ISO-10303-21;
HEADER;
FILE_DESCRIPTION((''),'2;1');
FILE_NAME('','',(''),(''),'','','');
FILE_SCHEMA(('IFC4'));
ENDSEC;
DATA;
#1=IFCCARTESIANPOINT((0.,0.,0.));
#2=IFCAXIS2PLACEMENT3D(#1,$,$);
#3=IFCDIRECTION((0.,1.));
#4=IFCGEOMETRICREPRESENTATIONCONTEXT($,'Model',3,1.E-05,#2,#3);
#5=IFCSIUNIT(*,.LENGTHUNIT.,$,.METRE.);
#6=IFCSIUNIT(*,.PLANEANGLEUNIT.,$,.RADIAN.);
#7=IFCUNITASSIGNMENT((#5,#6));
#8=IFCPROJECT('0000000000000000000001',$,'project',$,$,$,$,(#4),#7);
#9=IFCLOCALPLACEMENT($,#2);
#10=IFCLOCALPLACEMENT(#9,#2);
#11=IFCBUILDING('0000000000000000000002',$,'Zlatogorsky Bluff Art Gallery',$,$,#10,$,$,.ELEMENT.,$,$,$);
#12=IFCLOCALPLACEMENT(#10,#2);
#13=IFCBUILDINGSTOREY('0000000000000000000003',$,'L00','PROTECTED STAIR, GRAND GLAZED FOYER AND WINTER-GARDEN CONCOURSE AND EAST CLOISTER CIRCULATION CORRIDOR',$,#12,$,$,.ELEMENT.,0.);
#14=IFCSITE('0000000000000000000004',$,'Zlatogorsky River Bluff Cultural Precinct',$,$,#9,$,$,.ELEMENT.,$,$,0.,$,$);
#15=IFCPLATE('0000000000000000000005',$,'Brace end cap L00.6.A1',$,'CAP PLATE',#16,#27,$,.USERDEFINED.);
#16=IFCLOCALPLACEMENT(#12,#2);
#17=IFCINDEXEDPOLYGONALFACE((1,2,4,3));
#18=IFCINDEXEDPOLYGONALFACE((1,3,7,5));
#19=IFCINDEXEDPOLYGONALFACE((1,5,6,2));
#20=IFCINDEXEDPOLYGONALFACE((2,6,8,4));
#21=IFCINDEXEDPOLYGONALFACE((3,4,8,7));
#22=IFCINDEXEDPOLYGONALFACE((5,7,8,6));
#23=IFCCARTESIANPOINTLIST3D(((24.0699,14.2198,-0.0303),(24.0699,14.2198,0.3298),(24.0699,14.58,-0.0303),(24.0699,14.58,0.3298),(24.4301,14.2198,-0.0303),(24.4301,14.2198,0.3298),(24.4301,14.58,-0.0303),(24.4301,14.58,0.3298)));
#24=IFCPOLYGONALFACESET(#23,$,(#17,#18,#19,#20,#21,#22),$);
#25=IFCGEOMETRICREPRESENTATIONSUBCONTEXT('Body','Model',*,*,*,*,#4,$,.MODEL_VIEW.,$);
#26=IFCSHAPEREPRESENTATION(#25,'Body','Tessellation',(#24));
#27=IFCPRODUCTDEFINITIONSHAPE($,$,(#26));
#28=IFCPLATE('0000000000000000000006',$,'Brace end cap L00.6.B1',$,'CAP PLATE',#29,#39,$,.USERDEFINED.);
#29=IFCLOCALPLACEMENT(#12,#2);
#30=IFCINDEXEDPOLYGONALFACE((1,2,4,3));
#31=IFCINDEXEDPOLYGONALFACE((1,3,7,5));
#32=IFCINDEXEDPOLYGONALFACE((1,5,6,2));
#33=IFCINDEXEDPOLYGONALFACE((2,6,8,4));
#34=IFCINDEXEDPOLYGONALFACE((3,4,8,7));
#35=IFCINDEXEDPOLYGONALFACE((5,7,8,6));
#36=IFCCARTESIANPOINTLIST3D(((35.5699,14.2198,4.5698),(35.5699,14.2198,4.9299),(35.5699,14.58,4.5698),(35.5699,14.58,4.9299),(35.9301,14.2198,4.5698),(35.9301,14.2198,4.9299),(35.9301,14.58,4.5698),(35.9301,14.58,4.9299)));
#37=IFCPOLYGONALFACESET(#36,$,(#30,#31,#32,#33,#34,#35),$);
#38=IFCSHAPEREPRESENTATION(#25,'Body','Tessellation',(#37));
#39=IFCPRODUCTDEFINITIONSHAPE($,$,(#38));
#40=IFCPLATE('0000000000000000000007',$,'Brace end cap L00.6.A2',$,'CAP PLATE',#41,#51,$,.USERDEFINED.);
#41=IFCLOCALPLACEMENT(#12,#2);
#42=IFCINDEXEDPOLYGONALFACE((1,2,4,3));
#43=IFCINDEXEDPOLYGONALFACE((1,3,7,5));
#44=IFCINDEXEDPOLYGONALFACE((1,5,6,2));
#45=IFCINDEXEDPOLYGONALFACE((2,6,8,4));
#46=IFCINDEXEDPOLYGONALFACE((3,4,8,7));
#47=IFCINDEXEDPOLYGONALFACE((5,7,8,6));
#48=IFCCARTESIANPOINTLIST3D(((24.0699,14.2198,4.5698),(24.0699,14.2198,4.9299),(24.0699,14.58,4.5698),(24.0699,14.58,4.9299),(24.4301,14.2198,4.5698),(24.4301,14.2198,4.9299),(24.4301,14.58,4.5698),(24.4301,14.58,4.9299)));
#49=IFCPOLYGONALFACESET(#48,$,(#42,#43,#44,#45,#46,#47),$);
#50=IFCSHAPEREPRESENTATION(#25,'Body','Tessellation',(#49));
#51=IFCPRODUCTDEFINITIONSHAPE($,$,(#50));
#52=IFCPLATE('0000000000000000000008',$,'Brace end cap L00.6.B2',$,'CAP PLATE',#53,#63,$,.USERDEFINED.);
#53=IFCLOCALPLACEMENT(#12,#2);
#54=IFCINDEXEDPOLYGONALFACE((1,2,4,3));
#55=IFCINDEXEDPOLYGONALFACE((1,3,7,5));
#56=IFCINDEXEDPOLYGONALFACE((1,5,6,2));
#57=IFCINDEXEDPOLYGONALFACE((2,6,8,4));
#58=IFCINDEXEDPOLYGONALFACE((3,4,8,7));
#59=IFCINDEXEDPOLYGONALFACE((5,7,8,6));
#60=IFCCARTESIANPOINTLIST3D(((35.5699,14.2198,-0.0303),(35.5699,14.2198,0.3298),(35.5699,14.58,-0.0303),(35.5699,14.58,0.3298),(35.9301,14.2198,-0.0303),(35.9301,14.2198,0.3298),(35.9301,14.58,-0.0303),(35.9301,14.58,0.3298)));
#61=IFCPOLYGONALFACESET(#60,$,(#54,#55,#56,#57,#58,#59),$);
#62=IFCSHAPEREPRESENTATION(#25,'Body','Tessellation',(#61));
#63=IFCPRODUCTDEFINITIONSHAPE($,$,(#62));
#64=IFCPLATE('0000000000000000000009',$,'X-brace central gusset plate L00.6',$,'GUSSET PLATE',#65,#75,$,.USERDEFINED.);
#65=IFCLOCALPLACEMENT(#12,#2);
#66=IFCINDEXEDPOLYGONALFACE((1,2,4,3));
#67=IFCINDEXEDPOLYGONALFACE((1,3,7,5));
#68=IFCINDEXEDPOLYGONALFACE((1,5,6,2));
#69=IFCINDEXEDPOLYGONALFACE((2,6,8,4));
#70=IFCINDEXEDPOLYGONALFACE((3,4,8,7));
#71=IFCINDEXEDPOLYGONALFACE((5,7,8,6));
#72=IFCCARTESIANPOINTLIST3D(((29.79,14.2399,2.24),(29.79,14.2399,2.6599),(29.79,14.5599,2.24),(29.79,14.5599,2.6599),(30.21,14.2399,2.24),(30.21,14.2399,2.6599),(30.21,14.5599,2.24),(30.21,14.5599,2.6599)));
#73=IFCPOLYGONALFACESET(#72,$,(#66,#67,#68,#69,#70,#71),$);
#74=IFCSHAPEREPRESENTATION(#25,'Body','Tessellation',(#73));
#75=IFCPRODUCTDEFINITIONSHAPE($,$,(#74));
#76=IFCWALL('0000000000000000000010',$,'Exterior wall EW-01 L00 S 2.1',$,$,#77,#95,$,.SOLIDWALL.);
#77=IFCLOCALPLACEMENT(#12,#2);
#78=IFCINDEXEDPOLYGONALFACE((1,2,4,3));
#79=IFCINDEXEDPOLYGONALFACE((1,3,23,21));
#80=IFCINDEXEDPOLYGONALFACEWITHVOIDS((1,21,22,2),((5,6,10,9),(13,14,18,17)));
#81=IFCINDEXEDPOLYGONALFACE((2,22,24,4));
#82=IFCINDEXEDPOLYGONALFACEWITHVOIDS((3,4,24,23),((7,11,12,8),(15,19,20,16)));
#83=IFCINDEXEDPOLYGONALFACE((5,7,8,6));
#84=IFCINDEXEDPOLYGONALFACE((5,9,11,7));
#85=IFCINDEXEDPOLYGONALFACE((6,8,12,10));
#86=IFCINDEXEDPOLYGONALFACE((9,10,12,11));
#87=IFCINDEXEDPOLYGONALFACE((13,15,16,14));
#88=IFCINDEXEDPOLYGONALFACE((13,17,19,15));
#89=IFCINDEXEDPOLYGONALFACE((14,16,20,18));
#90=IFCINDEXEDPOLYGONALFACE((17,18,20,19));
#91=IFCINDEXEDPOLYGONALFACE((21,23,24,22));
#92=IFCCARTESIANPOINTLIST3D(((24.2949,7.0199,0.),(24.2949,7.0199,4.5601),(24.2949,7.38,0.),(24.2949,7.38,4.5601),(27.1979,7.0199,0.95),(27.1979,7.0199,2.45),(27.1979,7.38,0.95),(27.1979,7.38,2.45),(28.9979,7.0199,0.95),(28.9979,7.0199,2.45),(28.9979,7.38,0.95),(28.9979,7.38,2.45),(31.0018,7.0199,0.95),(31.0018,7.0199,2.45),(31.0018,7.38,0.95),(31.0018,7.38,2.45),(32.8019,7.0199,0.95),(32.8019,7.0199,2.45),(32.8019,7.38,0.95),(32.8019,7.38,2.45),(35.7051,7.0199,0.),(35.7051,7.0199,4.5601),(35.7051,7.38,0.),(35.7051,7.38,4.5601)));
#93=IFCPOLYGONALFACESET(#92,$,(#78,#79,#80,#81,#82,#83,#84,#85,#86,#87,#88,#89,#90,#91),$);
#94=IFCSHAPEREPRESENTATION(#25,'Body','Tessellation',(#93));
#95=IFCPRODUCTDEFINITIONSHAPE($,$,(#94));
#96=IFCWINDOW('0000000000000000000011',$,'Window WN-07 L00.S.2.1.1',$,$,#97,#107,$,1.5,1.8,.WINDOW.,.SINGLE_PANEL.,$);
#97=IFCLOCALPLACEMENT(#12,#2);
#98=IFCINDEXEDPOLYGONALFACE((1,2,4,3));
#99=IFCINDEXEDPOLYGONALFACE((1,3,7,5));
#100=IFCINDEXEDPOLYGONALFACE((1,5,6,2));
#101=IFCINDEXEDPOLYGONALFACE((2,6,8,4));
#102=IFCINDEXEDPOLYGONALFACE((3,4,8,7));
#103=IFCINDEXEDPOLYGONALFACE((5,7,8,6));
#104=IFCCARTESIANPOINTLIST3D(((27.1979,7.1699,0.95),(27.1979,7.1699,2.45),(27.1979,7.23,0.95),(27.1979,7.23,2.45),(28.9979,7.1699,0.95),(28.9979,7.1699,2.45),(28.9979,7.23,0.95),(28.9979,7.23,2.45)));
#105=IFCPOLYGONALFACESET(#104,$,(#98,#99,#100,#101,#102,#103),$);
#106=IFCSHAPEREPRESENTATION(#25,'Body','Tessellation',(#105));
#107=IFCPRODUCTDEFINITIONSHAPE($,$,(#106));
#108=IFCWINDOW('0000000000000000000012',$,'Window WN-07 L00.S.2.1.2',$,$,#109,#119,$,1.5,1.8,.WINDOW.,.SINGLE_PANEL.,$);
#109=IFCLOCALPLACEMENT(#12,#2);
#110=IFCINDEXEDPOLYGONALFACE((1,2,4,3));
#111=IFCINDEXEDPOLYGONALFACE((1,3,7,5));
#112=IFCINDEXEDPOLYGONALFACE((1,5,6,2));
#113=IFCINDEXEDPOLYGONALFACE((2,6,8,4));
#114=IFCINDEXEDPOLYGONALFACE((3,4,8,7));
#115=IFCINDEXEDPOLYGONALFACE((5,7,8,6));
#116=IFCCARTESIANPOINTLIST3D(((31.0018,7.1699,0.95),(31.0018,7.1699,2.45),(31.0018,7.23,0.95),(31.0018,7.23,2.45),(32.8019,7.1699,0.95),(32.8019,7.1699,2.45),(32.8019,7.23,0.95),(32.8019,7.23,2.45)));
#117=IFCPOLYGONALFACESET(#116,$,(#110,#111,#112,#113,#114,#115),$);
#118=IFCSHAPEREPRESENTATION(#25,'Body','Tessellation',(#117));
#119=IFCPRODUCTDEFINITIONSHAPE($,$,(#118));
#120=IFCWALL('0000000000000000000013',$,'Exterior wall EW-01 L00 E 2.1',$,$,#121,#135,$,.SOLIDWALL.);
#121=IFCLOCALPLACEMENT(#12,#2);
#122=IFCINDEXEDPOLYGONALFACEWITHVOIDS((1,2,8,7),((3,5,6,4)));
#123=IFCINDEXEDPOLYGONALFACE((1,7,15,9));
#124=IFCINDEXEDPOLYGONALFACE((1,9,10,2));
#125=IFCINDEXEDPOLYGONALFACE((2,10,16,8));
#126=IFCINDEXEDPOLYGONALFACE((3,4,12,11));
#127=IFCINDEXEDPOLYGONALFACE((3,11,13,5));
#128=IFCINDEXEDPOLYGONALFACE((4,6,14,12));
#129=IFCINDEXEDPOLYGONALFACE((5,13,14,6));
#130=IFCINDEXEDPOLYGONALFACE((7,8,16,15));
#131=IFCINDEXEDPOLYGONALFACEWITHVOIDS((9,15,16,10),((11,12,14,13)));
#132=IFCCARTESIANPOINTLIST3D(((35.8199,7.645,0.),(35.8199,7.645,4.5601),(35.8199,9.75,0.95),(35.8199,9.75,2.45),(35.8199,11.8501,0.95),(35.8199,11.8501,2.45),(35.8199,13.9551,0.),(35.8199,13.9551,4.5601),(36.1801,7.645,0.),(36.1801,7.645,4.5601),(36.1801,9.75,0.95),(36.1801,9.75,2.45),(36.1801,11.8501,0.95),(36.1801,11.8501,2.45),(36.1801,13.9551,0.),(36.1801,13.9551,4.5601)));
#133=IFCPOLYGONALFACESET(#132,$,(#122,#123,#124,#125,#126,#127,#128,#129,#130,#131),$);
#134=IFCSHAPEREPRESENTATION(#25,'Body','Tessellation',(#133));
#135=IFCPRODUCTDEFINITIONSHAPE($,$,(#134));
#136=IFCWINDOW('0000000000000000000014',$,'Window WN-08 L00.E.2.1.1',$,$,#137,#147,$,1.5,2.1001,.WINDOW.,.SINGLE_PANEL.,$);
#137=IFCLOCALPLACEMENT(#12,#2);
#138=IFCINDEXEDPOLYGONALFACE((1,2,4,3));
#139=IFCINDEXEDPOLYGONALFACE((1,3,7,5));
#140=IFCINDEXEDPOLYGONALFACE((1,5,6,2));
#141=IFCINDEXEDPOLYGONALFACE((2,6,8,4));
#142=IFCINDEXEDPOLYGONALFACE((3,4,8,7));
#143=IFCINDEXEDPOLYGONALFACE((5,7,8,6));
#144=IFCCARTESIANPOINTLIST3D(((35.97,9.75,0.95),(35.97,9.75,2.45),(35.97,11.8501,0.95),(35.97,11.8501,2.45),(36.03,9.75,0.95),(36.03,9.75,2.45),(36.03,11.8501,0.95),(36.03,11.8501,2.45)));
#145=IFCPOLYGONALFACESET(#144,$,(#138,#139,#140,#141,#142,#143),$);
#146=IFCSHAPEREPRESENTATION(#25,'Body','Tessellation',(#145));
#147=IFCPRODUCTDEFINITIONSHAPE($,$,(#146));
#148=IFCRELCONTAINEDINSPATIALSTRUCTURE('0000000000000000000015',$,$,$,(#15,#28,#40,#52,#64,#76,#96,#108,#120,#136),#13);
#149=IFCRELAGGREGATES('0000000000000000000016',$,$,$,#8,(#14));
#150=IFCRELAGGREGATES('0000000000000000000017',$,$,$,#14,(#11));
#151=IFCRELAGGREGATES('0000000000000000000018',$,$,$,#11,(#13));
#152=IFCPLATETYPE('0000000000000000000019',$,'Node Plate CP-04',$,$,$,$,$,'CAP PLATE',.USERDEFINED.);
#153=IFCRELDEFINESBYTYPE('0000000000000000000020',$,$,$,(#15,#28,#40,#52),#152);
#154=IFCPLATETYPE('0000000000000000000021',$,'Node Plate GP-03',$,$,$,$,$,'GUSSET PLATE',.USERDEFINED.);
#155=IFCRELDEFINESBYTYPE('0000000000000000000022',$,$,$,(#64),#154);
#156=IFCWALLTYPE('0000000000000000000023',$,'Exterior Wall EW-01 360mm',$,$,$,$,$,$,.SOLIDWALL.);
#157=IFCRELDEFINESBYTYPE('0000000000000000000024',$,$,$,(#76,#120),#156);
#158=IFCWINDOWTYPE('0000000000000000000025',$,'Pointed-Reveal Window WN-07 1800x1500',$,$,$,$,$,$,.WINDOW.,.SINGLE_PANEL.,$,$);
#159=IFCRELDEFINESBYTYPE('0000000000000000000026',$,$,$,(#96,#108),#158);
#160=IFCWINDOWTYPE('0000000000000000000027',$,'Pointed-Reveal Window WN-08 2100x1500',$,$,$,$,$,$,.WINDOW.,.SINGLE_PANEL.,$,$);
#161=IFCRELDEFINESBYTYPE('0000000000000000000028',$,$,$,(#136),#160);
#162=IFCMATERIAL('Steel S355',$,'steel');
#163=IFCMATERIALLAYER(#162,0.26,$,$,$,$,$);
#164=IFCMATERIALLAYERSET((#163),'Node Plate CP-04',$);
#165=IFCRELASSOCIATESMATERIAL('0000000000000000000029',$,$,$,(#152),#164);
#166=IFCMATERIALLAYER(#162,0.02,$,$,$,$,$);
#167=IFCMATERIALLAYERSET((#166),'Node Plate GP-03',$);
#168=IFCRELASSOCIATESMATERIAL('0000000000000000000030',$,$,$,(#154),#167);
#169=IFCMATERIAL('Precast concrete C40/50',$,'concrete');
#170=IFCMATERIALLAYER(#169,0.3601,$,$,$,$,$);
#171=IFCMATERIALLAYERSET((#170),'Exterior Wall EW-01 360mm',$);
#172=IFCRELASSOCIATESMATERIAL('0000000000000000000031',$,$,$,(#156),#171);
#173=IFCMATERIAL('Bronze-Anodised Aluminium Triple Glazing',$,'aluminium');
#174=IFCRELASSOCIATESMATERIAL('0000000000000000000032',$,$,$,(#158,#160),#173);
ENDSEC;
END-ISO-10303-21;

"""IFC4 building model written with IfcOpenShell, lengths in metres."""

from ifc_helpers import new_model, si_unit, direction, frame, frame_2d, origin, origin_2d, place, context, subcontext, project, spatial, rectangle, extrude, material, layer, layer_set, type_object, element, fill, save


model = new_model("IFC4")

# Units and contexts
model_context = context("Model", 3, precision=1e-05, world=origin(), true_north=direction((0.0, 1.0)))
body_context = subcontext(model_context, "Body", "Model", "MODEL_VIEW")
ifc_project = project(units=[si_unit("LENGTHUNIT", "METRE"), si_unit("PLANEANGLEUNIT", "RADIAN")], contexts=[model_context])

# Site, building, storey
site_placement = place(None, origin())
site = spatial("IfcSite", under=ifc_project, at=site_placement, Name="Zlatogorsky River Bluff Cultural Precinct", CompositionType="ELEMENT", RefElevation=0.0)
building_placement = place(site_placement, origin())
building = spatial("IfcBuilding", under=site, at=building_placement, Name="Zlatogorsky Bluff Art Gallery", CompositionType="ELEMENT")
storey_placement = place(building_placement, origin())
storey = spatial("IfcBuildingStorey", under=building, at=storey_placement, Name="L00", Description="PROTECTED STAIR, GRAND GLAZED FOYER AND WINTER-GARDEN CONCOURSE AND EAST CLOISTER CIRCULATION CORRIDOR", CompositionType="ELEMENT", Elevation=0.0)

# Shared definitions
ifc_material_1 = material(Name="Steel S355", Category="steel")

# Plates
ifc_layer_1 = layer(ifc_material_1, 0.26)
ifc_layer_set_1 = layer_set([ifc_layer_1], Name="Node Plate CP-04")
plate_type_1 = type_object("IfcPlateType", Name="Node Plate CP-04", ElementType="CAP PLATE", PredefinedType="USERDEFINED", material=ifc_layer_set_1)
for number, where, z_axis, x_axis, name in (
    (1, (24.25, 14.3999, -0.0303), (0.0, 0.0, 1.0), (1.0, 0.0, 0.0), "Brace end cap L00.6.A1"),
    (2, (35.75, 14.3999, 4.5698), (0.0, 0.0, 1.0), (1.0, 0.0, 0.0), "Brace end cap L00.6.B1"),
    (3, (24.25, 14.3999, 4.5698), (0.0, 0.0, 1.0), (1.0, 0.0, 0.0), "Brace end cap L00.6.A2"),
    (4, (35.75, 14.3999, -0.0303), (0.0, 0.0, 1.0), (1.0, 0.0, 0.0), "Brace end cap L00.6.B2"),
):
    element("IfcPlate", number, at=place(storey_placement, frame(where, z_axis=z_axis, x_axis=x_axis)), inside=storey, type_object=plate_type_1, Name=name, ObjectType="CAP PLATE", PredefinedType="USERDEFINED", context=body_context, shape_type="SweptSolid", body=[
        extrude(rectangle(XDim=0.3601, YDim=0.3601, at=origin_2d()), origin(), (0.0, 0.0, 1.0), 0.3601),
    ])
ifc_layer_2 = layer(ifc_material_1, 0.02)
ifc_layer_set_2 = layer_set([ifc_layer_2], Name="Node Plate GP-03")
plate_type_2 = type_object("IfcPlateType", Name="Node Plate GP-03", ElementType="GUSSET PLATE", PredefinedType="USERDEFINED", material=ifc_layer_set_2)
plate_placement = place(storey_placement, frame((30.0, 14.3999, 2.24), z_axis=(0.0, 0.0, 1.0), x_axis=(1.0, 0.0, 0.0)))
element("IfcPlate", 5, at=plate_placement, inside=storey, type_object=plate_type_2, Name="X-brace central gusset plate L00.6", ObjectType="GUSSET PLATE", PredefinedType="USERDEFINED", context=body_context, shape_type="SweptSolid", body=[
    extrude(rectangle(XDim=0.4199, YDim=0.3201, at=origin_2d()), origin(), (0.0, 0.0, 1.0), 0.4199),
])

# Wall, openings, windows
ifc_material_2 = material(Name="Precast concrete C40/50", Category="concrete")
ifc_layer_3 = layer(ifc_material_2, 0.3601)
ifc_layer_set_3 = layer_set([ifc_layer_3], Name="Exterior Wall EW-01 360mm")
wall_type = type_object("IfcWallType", Name="Exterior Wall EW-01 360mm", PredefinedType="SOLIDWALL", material=ifc_layer_set_3)
wall_1_placement = place(storey_placement, frame((24.2949, 7.2, 0.0), z_axis=(0.0, 0.0, 1.0), x_axis=(1.0, 0.0, 0.0)))
wall_1 = element("IfcWall", 6, at=wall_1_placement, inside=storey, type_object=wall_type, Name="Exterior wall EW-01 L00 S 2.1", PredefinedType="SOLIDWALL", context=body_context, shape_type="SweptSolid", body=[
    extrude(rectangle(XDim=11.4102, YDim=0.3601, at=frame_2d((5.7051, 0.0))), origin(), (0.0, 0.0, 1.0), 4.5601),
])
opening_1_placement = place(wall_1_placement, frame((2.9031, 0.0, 0.95)))
opening_1 = element("IfcOpeningElement", 7, at=opening_1_placement, cuts=wall_1, PredefinedType="OPENING", context=body_context, shape_type="SweptSolid", body=[
    extrude(rectangle(XDim=1.8, YDim=1.5, at=frame_2d((0.8999, 0.75))), frame((0.0, 0.1899, 0.0), z_axis=(0.0, -1.0, 0.0), x_axis=(1.0, 0.0, 0.0)), (0.0, 0.0, 1.0), 0.3801),
])
opening_2_placement = place(wall_1_placement, frame((6.707, 0.0, 0.95)))
opening_2 = element("IfcOpeningElement", 8, at=opening_2_placement, cuts=wall_1, PredefinedType="OPENING", context=body_context, shape_type="SweptSolid", body=[
    extrude(rectangle(XDim=1.8, YDim=1.5, at=frame_2d((0.8999, 0.75))), frame((0.0, 0.1899, 0.0), z_axis=(0.0, -1.0, 0.0), x_axis=(1.0, 0.0, 0.0)), (0.0, 0.0, 1.0), 0.3801),
])
ifc_material_3 = material(Name="Bronze-Anodised Aluminium Triple Glazing", Category="aluminium")
window_type_1 = type_object("IfcWindowType", Name="Pointed-Reveal Window WN-07 1800x1500", PartitioningType="SINGLE_PANEL", PredefinedType="WINDOW", material=ifc_material_3)
window_1_placement = place(opening_1_placement, origin())
window_1 = element("IfcWindow", 9, at=window_1_placement, inside=storey, type_object=window_type_1, Name="Window WN-07 L00.S.2.1.1", OverallHeight=1.5, OverallWidth=1.8, PartitioningType="SINGLE_PANEL", PredefinedType="WINDOW", context=body_context, shape_type="SweptSolid", body=[
    extrude(rectangle(XDim=1.8, YDim=1.5, at=frame_2d((0.8999, 0.75))), frame((0.0, 0.03, 0.0), z_axis=(0.0, -1.0, 0.0), x_axis=(1.0, 0.0, 0.0)), (0.0, 0.0, 1.0), 0.0601),
])
fill(opening_1, window_1)
window_2_placement = place(opening_2_placement, origin())
window_2 = element("IfcWindow", 10, at=window_2_placement, inside=storey, type_object=window_type_1, Name="Window WN-07 L00.S.2.1.2", OverallHeight=1.5, OverallWidth=1.8, PartitioningType="SINGLE_PANEL", PredefinedType="WINDOW", context=body_context, shape_type="SweptSolid", body=[
    extrude(rectangle(XDim=1.8, YDim=1.5, at=frame_2d((0.8999, 0.75))), frame((0.0, 0.03, 0.0), z_axis=(0.0, -1.0, 0.0), x_axis=(1.0, 0.0, 0.0)), (0.0, 0.0, 1.0), 0.0601),
])
fill(opening_2, window_2)

# Wall, opening, window
wall_2_placement = place(storey_placement, frame((36.0, 7.645, 0.0), z_axis=(0.0, 0.0, 1.0), x_axis=(0.0, 1.0, 0.0)))
wall_2 = element("IfcWall", 11, at=wall_2_placement, inside=storey, type_object=wall_type, Name="Exterior wall EW-01 L00 E 2.1", PredefinedType="SOLIDWALL", context=body_context, shape_type="SweptSolid", body=[
    extrude(rectangle(XDim=6.3101, YDim=0.3601, at=frame_2d((3.155, 0.0))), origin(), (0.0, 0.0, 1.0), 4.5601),
])
opening_3_placement = place(wall_2_placement, frame((2.105, 0.0, 0.95)))
opening_3 = element("IfcOpeningElement", 12, at=opening_3_placement, cuts=wall_2, PredefinedType="OPENING", context=body_context, shape_type="SweptSolid", body=[
    extrude(rectangle(XDim=2.1001, YDim=1.5, at=frame_2d((1.05, 0.75))), frame((0.0, 0.1899, 0.0), z_axis=(0.0, -1.0, 0.0), x_axis=(1.0, 0.0, 0.0)), (0.0, 0.0, 1.0), 0.3801),
])
window_type_2 = type_object("IfcWindowType", Name="Pointed-Reveal Window WN-08 2100x1500", PartitioningType="SINGLE_PANEL", PredefinedType="WINDOW", material=ifc_material_3)
window_3_placement = place(opening_3_placement, origin())
window_3 = element("IfcWindow", 13, at=window_3_placement, inside=storey, type_object=window_type_2, Name="Window WN-08 L00.E.2.1.1", OverallHeight=1.5, OverallWidth=2.1001, PartitioningType="SINGLE_PANEL", PredefinedType="WINDOW", context=body_context, shape_type="SweptSolid", body=[
    extrude(rectangle(XDim=2.1001, YDim=1.5, at=frame_2d((1.05, 0.75))), frame((0.0, 0.03, 0.0), z_axis=(0.0, -1.0, 0.0), x_axis=(1.0, 0.0, 0.0)), (0.0, 0.0, 1.0), 0.0601),
])
fill(opening_3, window_3)

save(model, "model.ifc")
